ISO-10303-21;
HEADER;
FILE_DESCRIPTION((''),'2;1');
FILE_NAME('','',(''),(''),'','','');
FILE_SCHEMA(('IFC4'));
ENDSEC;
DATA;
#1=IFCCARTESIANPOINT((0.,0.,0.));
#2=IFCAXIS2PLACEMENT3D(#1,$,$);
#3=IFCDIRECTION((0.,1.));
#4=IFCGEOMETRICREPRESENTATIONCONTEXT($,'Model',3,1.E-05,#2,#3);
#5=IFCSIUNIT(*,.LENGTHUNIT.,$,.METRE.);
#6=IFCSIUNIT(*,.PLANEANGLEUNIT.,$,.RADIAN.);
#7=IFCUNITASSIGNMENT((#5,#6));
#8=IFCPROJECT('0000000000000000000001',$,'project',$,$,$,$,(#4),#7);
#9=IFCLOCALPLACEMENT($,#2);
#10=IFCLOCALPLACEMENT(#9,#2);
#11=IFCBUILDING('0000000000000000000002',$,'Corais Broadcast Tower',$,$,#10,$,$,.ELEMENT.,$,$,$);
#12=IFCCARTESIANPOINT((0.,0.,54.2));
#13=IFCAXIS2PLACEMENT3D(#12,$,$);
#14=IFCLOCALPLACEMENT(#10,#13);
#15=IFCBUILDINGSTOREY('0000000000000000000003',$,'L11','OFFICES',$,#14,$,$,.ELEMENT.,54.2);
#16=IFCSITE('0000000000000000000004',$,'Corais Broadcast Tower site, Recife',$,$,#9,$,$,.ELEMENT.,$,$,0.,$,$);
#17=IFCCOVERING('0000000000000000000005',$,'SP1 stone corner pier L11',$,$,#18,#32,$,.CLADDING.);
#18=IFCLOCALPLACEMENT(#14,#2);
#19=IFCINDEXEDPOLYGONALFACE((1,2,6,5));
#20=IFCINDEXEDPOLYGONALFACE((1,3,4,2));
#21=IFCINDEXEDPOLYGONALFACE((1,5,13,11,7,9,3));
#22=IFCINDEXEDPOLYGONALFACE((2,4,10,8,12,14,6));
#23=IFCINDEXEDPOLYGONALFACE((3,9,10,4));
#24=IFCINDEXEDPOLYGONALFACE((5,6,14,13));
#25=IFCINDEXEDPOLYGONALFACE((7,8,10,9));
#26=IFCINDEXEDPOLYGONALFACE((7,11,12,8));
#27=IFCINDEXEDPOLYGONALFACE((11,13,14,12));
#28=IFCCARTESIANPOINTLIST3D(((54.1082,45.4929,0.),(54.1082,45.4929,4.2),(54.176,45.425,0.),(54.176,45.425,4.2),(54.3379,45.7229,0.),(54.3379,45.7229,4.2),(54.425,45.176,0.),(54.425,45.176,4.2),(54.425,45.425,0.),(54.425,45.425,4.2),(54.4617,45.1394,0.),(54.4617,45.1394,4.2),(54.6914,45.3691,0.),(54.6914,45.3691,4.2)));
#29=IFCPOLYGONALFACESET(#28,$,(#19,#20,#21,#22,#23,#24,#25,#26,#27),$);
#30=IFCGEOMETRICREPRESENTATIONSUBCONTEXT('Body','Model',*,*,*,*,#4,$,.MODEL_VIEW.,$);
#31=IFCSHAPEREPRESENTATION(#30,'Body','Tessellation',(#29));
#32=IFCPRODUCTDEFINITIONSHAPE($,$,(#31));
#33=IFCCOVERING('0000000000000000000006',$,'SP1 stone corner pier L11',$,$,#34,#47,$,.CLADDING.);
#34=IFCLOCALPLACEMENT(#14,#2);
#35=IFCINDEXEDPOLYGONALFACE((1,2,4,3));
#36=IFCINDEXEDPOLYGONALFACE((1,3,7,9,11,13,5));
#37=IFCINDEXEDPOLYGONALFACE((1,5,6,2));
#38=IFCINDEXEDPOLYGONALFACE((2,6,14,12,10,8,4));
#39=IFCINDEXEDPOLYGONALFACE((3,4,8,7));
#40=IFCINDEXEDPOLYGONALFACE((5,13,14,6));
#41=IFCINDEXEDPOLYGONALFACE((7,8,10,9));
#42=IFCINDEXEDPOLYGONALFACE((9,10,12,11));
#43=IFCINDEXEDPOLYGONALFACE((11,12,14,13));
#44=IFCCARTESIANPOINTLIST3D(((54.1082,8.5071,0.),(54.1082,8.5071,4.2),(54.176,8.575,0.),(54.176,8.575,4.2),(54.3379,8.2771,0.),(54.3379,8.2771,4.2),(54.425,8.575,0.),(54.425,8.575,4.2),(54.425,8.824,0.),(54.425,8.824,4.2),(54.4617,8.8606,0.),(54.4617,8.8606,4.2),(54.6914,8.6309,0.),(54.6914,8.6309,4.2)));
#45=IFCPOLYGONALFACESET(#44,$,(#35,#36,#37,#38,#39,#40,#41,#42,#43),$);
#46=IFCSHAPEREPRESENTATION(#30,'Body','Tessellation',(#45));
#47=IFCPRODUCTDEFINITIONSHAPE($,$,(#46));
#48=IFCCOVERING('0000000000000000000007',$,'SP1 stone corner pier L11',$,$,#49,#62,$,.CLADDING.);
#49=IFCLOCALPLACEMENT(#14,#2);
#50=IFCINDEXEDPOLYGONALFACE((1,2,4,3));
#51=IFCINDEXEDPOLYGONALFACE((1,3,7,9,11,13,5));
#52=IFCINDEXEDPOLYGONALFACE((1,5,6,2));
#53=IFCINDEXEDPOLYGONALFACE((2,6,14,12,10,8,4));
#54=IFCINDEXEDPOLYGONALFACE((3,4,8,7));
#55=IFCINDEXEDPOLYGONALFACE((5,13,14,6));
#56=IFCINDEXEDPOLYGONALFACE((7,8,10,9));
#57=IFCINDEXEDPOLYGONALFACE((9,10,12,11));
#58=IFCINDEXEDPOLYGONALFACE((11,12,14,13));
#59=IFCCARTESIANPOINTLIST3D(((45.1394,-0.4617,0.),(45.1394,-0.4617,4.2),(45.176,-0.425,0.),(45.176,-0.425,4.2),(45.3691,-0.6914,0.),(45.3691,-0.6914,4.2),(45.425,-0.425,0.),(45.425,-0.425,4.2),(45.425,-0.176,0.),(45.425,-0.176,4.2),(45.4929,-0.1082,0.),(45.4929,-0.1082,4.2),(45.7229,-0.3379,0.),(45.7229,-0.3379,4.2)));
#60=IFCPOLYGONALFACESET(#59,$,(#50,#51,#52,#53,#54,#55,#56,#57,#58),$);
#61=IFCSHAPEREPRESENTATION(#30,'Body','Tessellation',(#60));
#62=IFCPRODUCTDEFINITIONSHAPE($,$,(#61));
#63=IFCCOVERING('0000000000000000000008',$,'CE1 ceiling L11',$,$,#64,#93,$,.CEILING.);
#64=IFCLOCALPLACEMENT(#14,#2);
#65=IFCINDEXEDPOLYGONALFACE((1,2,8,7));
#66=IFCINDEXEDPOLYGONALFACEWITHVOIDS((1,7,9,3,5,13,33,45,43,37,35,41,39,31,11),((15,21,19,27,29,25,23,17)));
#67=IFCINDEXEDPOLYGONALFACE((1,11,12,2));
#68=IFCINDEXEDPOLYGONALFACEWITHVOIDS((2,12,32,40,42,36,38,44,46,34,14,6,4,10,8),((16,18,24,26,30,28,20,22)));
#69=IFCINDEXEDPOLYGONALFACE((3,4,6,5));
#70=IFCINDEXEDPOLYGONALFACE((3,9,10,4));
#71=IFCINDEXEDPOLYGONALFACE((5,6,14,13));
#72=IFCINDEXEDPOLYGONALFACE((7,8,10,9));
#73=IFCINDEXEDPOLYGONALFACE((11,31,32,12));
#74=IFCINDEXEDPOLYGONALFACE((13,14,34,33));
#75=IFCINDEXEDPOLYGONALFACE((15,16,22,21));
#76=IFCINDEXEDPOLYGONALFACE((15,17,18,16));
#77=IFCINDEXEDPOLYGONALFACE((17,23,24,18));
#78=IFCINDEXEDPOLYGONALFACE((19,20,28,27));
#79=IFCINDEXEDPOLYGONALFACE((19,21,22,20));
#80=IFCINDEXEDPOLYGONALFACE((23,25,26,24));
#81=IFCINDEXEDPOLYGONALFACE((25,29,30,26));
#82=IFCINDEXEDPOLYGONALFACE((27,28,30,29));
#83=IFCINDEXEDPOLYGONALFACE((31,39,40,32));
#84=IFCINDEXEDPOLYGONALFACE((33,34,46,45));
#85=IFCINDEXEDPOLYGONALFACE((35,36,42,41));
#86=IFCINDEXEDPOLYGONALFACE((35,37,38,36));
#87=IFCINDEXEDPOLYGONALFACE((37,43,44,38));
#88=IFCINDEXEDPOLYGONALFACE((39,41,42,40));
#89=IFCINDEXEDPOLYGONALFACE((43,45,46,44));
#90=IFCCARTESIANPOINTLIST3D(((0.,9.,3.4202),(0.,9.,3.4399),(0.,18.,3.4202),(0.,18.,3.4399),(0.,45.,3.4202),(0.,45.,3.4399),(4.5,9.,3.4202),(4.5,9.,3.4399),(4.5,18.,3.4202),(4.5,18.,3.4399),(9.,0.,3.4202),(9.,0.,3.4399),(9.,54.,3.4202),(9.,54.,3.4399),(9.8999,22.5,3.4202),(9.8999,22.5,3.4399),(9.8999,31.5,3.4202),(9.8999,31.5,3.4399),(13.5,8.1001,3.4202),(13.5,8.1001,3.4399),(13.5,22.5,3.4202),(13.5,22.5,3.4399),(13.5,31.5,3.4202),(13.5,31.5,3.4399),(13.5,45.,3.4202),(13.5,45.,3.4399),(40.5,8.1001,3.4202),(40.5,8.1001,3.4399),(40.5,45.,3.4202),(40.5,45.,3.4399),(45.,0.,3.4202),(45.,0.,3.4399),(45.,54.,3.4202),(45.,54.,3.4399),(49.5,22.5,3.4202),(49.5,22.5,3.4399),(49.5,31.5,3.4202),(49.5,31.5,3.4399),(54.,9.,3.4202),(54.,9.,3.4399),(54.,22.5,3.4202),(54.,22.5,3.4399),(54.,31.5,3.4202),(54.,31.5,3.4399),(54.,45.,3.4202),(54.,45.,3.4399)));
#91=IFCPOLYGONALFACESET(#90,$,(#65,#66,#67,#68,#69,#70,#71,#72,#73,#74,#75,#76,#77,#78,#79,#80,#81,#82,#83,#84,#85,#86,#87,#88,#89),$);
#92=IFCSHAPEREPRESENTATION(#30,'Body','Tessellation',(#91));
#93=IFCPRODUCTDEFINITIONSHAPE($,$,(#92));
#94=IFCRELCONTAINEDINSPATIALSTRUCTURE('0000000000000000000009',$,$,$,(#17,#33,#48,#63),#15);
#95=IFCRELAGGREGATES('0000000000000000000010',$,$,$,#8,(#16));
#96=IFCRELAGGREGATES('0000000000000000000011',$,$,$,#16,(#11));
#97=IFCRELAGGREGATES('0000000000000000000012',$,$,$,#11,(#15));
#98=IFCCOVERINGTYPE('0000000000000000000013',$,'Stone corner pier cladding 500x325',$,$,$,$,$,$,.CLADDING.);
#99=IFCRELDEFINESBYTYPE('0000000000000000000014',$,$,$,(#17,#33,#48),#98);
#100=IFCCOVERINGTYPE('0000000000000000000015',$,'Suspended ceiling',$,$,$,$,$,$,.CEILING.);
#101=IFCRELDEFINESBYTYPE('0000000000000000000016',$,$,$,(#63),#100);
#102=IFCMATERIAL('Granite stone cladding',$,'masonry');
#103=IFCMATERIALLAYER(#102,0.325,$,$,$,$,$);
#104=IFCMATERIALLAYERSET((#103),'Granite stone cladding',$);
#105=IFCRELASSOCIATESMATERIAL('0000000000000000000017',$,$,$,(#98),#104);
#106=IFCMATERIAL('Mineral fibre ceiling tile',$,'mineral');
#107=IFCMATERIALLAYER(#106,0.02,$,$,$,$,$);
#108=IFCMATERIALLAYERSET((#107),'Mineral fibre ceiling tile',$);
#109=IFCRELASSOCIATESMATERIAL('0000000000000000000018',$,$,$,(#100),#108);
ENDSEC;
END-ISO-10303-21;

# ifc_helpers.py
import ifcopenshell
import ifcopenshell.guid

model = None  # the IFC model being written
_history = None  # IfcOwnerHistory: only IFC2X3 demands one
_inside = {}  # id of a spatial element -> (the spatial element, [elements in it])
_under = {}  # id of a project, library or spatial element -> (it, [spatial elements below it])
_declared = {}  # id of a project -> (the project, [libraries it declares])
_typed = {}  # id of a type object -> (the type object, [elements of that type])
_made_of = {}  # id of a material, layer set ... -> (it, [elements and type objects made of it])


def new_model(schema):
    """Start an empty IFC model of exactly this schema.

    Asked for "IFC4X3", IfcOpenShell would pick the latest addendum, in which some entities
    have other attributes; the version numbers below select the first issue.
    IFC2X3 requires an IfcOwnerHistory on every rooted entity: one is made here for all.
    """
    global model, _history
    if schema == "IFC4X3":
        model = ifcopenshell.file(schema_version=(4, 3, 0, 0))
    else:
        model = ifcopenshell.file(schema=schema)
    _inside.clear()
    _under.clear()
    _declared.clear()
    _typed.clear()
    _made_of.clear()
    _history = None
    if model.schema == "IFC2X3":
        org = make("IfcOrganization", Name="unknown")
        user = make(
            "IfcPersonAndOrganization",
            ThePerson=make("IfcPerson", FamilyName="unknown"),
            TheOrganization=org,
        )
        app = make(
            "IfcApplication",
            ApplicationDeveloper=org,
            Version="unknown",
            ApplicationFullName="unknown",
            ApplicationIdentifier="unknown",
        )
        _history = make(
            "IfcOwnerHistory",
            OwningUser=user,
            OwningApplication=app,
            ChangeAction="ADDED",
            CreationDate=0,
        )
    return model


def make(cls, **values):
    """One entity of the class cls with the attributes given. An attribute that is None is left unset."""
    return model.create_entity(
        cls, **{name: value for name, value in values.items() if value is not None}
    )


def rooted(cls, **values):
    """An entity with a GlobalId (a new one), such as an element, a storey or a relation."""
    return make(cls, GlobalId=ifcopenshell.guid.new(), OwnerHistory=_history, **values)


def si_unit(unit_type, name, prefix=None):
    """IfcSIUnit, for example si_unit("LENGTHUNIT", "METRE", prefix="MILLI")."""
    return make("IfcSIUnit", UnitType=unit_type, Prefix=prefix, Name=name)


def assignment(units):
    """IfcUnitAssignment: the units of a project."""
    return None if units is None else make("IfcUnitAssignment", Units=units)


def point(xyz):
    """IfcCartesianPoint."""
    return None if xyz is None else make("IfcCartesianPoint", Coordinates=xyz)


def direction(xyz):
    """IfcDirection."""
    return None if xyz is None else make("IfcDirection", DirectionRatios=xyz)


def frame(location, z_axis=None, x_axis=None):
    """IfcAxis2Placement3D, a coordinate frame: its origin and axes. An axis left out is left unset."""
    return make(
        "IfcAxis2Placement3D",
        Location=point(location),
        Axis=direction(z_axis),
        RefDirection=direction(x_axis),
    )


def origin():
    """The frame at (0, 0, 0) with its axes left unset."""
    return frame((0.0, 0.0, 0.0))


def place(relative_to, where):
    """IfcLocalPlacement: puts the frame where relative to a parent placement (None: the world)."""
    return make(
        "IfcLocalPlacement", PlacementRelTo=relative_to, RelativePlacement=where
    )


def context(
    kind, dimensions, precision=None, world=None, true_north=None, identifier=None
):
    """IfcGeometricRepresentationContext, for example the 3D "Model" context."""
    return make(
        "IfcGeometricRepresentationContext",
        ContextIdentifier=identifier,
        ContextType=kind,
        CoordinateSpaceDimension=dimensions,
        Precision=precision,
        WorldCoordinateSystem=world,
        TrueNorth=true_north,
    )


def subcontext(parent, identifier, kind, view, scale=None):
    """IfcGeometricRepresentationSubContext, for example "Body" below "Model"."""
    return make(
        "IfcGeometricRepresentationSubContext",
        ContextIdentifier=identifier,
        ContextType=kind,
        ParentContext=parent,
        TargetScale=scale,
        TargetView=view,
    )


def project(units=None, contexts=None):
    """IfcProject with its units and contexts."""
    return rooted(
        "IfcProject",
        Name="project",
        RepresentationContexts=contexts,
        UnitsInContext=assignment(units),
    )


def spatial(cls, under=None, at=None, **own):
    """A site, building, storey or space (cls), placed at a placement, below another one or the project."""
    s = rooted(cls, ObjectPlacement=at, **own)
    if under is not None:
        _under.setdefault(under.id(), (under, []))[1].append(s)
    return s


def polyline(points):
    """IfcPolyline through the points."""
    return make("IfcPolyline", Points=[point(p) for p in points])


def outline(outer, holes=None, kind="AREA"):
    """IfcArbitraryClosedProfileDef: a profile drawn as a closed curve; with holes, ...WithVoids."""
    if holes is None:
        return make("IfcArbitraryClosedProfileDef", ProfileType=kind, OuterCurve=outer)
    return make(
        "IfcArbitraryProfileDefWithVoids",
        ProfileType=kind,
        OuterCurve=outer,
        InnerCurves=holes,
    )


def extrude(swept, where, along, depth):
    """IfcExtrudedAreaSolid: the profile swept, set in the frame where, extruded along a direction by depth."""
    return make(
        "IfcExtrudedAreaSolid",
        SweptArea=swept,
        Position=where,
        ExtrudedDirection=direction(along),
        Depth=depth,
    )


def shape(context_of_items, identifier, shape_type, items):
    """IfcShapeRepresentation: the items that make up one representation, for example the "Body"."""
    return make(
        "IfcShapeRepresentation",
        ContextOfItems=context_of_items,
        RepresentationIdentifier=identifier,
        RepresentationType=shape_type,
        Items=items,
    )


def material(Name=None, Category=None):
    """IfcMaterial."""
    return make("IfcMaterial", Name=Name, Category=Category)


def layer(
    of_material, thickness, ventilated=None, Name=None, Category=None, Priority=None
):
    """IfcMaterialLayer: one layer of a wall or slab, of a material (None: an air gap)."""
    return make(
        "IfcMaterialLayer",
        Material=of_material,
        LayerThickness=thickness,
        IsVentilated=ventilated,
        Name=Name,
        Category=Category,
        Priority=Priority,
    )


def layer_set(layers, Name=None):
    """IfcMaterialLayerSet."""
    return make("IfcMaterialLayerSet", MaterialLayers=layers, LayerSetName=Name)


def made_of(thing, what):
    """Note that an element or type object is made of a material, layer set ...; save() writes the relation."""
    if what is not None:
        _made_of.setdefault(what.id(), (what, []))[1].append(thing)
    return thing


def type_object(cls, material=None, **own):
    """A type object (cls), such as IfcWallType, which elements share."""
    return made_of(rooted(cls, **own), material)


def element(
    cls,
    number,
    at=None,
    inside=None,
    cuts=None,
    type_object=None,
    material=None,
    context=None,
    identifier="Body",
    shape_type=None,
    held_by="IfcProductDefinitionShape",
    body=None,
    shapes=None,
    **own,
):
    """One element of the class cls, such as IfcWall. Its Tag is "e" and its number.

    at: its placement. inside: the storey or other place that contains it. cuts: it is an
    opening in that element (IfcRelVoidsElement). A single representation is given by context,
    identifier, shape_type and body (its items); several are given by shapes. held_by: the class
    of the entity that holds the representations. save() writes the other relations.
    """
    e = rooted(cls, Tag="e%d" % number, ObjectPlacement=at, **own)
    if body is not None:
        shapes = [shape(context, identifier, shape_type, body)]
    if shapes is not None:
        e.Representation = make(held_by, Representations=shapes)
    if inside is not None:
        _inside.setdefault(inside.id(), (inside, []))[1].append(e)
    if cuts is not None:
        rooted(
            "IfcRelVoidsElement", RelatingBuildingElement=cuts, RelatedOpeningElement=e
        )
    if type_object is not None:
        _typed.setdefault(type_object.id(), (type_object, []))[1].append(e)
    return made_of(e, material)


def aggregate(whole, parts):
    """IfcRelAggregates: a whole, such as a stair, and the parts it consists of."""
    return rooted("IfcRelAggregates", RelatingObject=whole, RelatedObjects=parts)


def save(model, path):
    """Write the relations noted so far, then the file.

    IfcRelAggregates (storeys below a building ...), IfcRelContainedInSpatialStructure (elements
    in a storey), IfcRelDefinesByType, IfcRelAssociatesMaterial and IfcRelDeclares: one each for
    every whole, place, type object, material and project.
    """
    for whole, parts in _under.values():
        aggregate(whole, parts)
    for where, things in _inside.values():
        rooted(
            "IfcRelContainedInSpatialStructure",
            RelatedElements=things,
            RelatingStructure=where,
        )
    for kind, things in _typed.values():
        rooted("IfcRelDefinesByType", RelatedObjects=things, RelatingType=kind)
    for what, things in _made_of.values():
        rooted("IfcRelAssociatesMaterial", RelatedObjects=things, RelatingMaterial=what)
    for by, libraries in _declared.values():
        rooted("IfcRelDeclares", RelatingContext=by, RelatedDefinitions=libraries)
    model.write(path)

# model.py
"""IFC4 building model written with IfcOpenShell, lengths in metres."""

from ifc_helpers import new_model, si_unit, direction, frame, origin, place, context, subcontext, project, spatial, polyline, outline, extrude, material, layer, layer_set, type_object, element, save


model = new_model("IFC4")

# Units and contexts
model_context = context("Model", 3, precision=1e-05, world=origin(), true_north=direction((0.0, 1.0)))
body_context = subcontext(model_context, "Body", "Model", "MODEL_VIEW")
ifc_project = project(units=[si_unit("LENGTHUNIT", "METRE"), si_unit("PLANEANGLEUNIT", "RADIAN")], contexts=[model_context])

# Site, building, storey
site_placement = place(None, origin())
site = spatial("IfcSite", under=ifc_project, at=site_placement, Name="Corais Broadcast Tower site, Recife", CompositionType="ELEMENT", RefElevation=0.0)
building_placement = place(site_placement, origin())
building = spatial("IfcBuilding", under=site, at=building_placement, Name="Corais Broadcast Tower", CompositionType="ELEMENT")
storey_placement = place(building_placement, frame((0.0, 0.0, 54.2)))
storey = spatial("IfcBuildingStorey", under=building, at=storey_placement, Name="L11", Description="OFFICES", CompositionType="ELEMENT", Elevation=54.2)

# Coverings
ifc_material_1 = material(Name="Granite stone cladding", Category="masonry")
ifc_layer_1 = layer(ifc_material_1, 0.325)
ifc_layer_set_1 = layer_set([ifc_layer_1], Name="Granite stone cladding")
covering_type_1 = type_object("IfcCoveringType", Name="Stone corner pier cladding 500x325", PredefinedType="CLADDING", material=ifc_layer_set_1)
covering_1_placement = place(storey_placement, origin())
element("IfcCovering", 1, at=covering_1_placement, inside=storey, type_object=covering_type_1, Name="SP1 stone corner pier L11", PredefinedType="CLADDING", context=body_context, shape_type="SweptSolid", body=[
    extrude(outline(polyline([(54.425, 45.176), (54.4617, 45.1394), (54.6914, 45.3691), (54.3379, 45.7229), (54.1082, 45.4929), (54.176, 45.425), (54.425, 45.425), (54.425, 45.176)])), origin(), (0.0, 0.0, 1.0), 4.2),
])
covering_2_placement = place(storey_placement, origin())
element("IfcCovering", 2, at=covering_2_placement, inside=storey, type_object=covering_type_1, Name="SP1 stone corner pier L11", PredefinedType="CLADDING", context=body_context, shape_type="SweptSolid", body=[
    extrude(outline(polyline([(54.4617, 8.8606), (54.425, 8.824), (54.425, 8.575), (54.176, 8.575), (54.1082, 8.5071), (54.3379, 8.2771), (54.6914, 8.6309), (54.4617, 8.8606)])), origin(), (0.0, 0.0, 1.0), 4.2),
])
covering_3_placement = place(storey_placement, origin())
element("IfcCovering", 3, at=covering_3_placement, inside=storey, type_object=covering_type_1, Name="SP1 stone corner pier L11", PredefinedType="CLADDING", context=body_context, shape_type="SweptSolid", body=[
    extrude(outline(polyline([(45.176, -0.425), (45.1394, -0.4617), (45.3691, -0.6914), (45.7229, -0.3379), (45.4929, -0.1082), (45.425, -0.176), (45.425, -0.425), (45.176, -0.425)])), origin(), (0.0, 0.0, 1.0), 4.2),
])
ifc_material_2 = material(Name="Mineral fibre ceiling tile", Category="mineral")
ifc_layer_2 = layer(ifc_material_2, 0.02)
ifc_layer_set_2 = layer_set([ifc_layer_2], Name="Mineral fibre ceiling tile")
covering_type_2 = type_object("IfcCoveringType", Name="Suspended ceiling", PredefinedType="CEILING", material=ifc_layer_set_2)
covering_4_placement = place(storey_placement, frame((0.0, 0.0, 3.4202)))
element("IfcCovering", 4, at=covering_4_placement, inside=storey, type_object=covering_type_2, Name="CE1 ceiling L11", PredefinedType="CEILING", context=body_context, shape_type="SweptSolid", body=[
    extrude(outline(polyline([(9.0, 0.0), (0.0, 9.0), (4.5, 9.0), (4.5, 18.0), (0.0, 18.0), (0.0, 45.0), (9.0, 54.0), (45.0, 54.0), (54.0, 45.0), (54.0, 31.5), (49.5, 31.5), (49.5, 22.5), (54.0, 22.5), (54.0, 9.0), (45.0, 0.0), (9.0, 0.0)]), holes=[polyline([(13.5, 31.5), (9.8999, 31.5), (9.8999, 22.5), (13.5, 22.5), (13.5, 8.1001), (40.5, 8.1001), (40.5, 45.0), (13.5, 45.0), (13.5, 31.5)])]), origin(), (0.0, 0.0, 1.0), 0.0198),
])

save(model, "model.ifc")
